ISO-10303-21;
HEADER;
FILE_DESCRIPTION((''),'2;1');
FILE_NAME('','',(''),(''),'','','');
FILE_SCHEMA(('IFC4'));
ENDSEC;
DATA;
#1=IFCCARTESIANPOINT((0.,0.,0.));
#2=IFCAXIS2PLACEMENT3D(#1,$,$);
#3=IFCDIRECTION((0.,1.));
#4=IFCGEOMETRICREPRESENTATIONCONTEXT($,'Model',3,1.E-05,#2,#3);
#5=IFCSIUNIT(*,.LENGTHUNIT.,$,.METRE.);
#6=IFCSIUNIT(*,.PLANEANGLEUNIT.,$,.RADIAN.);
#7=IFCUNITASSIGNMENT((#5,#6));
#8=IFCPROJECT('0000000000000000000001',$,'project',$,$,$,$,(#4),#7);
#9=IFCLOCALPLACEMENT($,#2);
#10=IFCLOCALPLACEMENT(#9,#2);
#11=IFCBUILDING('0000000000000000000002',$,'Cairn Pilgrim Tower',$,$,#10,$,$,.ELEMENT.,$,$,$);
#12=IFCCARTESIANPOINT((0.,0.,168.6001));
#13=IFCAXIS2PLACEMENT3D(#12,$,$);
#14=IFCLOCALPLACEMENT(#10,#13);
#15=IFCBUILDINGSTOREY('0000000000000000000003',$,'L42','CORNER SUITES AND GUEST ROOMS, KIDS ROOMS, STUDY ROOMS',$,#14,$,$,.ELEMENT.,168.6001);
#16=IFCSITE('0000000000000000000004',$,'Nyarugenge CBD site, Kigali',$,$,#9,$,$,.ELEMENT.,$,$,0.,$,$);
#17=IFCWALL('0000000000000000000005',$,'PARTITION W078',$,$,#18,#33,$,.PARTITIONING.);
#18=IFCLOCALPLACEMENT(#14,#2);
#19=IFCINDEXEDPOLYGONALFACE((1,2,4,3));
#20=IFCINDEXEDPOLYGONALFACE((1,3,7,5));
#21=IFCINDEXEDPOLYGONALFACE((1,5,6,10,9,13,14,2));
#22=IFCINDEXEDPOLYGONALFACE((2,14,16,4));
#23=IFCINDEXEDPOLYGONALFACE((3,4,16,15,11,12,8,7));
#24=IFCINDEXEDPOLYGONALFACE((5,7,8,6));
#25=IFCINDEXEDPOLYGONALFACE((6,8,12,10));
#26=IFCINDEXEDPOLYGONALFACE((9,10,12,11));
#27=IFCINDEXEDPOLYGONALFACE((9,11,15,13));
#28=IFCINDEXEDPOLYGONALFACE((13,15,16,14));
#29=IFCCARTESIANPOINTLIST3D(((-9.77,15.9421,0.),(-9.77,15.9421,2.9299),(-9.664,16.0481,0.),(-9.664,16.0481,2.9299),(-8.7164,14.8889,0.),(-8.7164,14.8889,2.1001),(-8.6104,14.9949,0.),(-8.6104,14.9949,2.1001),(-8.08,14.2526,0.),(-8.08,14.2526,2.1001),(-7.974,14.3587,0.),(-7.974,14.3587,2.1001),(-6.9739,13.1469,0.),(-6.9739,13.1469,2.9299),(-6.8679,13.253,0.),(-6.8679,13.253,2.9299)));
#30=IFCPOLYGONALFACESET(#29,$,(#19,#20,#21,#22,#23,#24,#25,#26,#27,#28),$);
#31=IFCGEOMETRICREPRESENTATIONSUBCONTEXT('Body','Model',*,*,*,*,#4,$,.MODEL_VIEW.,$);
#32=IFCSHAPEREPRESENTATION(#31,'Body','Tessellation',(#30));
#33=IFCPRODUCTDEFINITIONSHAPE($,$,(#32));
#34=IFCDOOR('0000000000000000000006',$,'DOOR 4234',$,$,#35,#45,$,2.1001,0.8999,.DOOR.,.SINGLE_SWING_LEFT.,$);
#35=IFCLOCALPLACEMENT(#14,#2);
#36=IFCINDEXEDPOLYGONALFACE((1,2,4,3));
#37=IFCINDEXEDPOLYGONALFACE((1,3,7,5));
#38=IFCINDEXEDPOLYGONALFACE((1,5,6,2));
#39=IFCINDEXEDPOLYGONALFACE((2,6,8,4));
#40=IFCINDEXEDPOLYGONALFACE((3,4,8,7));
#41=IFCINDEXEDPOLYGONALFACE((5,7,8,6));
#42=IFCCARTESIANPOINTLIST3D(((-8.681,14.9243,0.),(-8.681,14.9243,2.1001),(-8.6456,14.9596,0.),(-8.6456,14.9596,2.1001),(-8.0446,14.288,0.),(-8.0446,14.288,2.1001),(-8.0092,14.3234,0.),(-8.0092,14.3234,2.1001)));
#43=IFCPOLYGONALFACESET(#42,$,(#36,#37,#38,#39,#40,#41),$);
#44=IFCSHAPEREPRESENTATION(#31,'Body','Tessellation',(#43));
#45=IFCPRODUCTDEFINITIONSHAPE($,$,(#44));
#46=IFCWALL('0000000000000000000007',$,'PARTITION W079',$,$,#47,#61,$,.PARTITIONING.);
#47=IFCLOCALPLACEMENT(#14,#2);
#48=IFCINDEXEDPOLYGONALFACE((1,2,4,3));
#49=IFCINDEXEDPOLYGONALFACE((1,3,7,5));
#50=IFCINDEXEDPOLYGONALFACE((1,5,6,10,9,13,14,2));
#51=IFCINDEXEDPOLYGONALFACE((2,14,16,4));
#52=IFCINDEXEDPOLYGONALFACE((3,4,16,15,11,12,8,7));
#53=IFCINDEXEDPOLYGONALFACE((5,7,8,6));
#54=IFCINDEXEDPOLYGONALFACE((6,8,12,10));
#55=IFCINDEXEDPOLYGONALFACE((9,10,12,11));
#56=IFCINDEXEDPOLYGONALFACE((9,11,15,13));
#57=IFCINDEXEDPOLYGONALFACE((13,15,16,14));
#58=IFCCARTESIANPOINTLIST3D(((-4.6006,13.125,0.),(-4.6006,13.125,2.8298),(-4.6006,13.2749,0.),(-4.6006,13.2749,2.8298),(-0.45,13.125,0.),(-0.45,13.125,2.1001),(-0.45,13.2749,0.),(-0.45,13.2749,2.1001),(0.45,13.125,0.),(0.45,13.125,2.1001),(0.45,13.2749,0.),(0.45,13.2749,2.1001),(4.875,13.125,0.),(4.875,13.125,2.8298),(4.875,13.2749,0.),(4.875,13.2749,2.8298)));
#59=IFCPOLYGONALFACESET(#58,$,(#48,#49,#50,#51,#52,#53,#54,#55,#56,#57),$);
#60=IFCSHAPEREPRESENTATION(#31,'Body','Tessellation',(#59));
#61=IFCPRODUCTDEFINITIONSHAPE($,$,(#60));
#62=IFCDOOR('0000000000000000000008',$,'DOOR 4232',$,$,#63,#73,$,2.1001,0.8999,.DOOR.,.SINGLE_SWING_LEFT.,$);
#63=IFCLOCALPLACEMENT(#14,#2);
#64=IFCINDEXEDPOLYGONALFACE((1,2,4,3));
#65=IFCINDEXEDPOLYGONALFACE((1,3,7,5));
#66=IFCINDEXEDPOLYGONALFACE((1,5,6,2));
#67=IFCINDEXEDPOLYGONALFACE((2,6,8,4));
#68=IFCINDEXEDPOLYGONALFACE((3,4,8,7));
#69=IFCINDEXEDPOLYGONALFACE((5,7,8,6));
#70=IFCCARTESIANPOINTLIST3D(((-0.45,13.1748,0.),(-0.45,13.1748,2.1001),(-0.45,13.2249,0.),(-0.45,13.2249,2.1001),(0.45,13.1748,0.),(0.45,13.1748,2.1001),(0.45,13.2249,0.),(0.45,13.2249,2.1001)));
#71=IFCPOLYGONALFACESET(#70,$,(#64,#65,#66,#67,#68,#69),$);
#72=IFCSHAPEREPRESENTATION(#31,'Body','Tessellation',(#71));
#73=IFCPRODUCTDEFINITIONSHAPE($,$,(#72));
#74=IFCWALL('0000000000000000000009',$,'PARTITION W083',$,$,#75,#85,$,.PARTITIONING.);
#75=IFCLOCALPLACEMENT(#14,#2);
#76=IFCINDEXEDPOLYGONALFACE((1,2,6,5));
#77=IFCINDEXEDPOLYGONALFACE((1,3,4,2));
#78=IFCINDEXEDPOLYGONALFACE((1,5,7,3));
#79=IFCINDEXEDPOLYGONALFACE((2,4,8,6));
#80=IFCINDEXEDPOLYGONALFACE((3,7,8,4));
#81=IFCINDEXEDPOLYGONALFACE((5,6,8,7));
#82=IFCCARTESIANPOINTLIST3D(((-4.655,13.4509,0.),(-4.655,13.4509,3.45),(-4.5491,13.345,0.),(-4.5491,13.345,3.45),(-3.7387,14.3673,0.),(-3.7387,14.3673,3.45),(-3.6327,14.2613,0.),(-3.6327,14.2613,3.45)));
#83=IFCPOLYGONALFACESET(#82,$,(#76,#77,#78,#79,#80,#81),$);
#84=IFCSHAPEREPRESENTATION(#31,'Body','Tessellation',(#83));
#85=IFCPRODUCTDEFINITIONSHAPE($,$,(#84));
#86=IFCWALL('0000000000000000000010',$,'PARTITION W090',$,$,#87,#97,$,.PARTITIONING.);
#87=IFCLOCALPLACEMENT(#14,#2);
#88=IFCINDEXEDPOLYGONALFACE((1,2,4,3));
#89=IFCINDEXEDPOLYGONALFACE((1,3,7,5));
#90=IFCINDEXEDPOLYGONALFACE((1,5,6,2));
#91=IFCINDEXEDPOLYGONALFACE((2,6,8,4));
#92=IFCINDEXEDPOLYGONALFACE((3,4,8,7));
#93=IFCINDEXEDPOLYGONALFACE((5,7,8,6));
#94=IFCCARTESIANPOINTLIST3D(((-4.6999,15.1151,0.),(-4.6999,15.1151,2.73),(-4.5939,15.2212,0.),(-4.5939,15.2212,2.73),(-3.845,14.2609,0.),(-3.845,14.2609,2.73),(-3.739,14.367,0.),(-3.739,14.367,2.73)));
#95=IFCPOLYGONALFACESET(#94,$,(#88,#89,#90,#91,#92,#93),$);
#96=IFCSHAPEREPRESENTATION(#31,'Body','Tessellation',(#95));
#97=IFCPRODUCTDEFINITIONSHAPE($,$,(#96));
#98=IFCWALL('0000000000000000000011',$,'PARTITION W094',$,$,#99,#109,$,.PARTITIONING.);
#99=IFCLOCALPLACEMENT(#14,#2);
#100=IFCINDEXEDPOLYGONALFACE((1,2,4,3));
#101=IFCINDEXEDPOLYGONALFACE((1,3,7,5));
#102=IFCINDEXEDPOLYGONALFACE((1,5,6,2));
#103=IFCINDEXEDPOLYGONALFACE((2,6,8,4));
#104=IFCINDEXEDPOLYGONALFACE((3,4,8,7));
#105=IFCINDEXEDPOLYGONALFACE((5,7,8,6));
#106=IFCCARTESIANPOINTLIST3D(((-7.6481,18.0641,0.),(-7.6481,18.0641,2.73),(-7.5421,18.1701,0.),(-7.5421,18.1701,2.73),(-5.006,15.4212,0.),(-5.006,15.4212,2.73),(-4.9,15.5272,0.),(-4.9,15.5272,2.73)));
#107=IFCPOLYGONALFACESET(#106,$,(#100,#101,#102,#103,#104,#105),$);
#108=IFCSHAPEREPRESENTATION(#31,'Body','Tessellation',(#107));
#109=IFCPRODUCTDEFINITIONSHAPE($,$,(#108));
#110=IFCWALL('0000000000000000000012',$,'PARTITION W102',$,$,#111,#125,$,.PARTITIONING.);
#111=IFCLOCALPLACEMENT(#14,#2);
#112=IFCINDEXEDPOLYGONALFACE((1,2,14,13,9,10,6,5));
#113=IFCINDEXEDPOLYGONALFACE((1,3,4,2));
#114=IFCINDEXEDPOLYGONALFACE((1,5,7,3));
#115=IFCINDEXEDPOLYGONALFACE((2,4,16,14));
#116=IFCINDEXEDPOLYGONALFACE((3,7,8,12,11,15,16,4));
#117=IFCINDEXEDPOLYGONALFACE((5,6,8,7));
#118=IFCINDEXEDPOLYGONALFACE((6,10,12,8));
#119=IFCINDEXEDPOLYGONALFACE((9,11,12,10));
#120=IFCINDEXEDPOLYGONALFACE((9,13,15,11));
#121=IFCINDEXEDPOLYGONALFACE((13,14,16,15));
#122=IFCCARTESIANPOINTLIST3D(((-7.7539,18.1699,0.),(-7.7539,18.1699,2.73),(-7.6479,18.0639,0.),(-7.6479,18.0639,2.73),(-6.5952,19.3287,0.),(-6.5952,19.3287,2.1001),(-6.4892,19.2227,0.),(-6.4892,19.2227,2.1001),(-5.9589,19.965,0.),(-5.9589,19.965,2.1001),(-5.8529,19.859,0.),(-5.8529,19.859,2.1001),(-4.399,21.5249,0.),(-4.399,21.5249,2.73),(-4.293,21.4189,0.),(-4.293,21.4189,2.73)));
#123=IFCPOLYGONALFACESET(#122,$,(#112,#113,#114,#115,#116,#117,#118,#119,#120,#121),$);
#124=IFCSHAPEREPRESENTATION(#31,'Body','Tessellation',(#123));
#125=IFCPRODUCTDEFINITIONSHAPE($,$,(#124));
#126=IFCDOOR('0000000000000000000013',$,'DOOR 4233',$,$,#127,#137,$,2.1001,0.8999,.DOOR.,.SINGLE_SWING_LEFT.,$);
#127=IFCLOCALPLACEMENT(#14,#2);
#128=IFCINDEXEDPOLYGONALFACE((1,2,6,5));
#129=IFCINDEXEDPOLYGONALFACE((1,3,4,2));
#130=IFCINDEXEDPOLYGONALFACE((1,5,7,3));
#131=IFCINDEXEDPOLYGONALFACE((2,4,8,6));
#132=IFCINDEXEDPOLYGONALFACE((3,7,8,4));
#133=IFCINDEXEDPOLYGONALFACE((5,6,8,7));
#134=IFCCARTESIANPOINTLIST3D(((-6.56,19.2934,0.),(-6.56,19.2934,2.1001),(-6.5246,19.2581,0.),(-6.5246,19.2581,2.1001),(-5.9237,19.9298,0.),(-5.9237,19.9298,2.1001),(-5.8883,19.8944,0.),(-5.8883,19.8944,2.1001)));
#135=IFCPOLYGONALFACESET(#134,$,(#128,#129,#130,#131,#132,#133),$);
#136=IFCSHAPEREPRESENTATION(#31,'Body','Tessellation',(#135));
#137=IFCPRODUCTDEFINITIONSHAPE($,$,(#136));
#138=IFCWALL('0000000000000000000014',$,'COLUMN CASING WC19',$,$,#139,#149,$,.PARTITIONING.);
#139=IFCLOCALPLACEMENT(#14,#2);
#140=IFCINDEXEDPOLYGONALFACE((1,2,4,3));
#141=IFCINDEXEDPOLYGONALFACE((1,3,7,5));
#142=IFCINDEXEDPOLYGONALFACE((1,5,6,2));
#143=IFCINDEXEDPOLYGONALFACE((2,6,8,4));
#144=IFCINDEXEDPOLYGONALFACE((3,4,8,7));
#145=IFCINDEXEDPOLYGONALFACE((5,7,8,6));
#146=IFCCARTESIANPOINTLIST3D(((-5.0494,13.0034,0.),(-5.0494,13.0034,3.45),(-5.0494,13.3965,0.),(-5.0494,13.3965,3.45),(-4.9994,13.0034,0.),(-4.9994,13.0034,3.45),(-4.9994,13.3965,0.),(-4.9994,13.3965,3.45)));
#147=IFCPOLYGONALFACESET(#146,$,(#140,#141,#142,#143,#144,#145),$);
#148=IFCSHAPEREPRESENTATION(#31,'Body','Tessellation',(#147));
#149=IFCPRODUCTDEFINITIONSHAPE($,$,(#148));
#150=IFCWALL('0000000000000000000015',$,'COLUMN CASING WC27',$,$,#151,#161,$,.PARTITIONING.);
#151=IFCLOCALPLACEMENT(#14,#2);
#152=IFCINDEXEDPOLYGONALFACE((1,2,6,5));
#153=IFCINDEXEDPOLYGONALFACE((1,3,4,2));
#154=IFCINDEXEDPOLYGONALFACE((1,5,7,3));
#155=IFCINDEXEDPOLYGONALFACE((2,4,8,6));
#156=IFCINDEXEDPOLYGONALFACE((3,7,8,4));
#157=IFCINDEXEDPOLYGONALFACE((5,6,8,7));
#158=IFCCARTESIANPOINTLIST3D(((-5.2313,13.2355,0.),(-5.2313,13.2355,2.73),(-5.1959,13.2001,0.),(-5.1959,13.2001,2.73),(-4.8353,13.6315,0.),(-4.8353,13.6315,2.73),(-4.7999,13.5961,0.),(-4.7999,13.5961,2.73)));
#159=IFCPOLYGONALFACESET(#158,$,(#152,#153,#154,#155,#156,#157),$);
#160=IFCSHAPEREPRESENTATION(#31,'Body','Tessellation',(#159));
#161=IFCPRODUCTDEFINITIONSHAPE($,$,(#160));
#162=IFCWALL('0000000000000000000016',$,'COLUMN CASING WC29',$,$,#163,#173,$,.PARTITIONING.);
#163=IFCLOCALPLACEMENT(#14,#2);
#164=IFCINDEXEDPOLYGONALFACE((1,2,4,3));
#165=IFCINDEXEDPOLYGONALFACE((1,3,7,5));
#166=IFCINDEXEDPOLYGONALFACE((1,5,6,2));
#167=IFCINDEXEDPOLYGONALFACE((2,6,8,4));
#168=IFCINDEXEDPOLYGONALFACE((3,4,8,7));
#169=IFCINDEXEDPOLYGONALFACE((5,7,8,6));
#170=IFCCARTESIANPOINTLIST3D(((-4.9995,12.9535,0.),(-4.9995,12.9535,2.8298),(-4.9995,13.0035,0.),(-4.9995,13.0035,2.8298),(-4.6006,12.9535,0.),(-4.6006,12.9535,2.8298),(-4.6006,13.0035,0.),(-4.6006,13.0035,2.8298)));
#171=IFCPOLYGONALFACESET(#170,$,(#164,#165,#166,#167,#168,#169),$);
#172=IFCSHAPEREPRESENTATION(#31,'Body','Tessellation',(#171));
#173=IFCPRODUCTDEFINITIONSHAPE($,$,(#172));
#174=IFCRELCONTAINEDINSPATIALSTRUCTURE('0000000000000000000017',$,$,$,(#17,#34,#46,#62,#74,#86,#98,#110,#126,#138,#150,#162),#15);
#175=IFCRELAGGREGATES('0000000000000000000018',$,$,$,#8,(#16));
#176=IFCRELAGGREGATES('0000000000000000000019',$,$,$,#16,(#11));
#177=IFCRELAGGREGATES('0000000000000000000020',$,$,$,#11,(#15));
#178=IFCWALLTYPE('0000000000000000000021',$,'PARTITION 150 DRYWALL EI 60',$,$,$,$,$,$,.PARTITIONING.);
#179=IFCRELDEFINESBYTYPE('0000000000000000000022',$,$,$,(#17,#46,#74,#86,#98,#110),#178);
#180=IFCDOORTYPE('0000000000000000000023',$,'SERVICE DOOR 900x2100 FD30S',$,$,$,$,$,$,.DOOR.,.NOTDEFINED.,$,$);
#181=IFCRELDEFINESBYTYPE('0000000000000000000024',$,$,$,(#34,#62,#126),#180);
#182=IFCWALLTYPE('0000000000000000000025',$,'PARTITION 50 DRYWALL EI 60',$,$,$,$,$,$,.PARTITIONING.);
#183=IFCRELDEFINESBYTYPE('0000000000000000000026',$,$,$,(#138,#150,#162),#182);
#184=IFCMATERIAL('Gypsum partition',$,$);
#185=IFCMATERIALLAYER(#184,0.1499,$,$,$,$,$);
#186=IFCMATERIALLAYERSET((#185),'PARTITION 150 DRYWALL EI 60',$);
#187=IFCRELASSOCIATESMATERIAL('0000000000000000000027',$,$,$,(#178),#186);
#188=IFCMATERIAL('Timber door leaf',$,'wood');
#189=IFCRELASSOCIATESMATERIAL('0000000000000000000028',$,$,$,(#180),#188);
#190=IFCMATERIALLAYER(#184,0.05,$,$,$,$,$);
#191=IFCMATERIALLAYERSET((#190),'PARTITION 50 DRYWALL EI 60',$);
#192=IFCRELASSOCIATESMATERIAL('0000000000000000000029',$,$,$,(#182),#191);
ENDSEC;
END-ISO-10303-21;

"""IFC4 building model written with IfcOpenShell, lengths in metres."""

from ifc_helpers import new_model, si_unit, direction, frame, frame_2d, origin, place, context, subcontext, project, spatial, rectangle, extrude, material, layer, layer_set, type_object, element, fill, save


model = new_model("IFC4")

# Units and contexts
model_context = context("Model", 3, precision=1e-05, world=origin(), true_north=direction((0.0, 1.0)))
body_context = subcontext(model_context, "Body", "Model", "MODEL_VIEW")
ifc_project = project(units=[si_unit("LENGTHUNIT", "METRE"), si_unit("PLANEANGLEUNIT", "RADIAN")], contexts=[model_context])

# Site, building, storey
site_placement = place(None, origin())
site = spatial("IfcSite", under=ifc_project, at=site_placement, Name="Nyarugenge CBD site, Kigali", CompositionType="ELEMENT", RefElevation=0.0)
building_placement = place(site_placement, origin())
building = spatial("IfcBuilding", under=site, at=building_placement, Name="Cairn Pilgrim Tower", CompositionType="ELEMENT")
storey_placement = place(building_placement, frame((0.0, 0.0, 168.6001)))
storey = spatial("IfcBuildingStorey", under=building, at=storey_placement, Name="L42", Description="CORNER SUITES AND GUEST ROOMS, KIDS ROOMS, STUDY ROOMS", CompositionType="ELEMENT", Elevation=168.6001)

# Shared definitions
ifc_material_1 = material(Name="Gypsum partition")
ifc_layer_1 = layer(ifc_material_1, 0.1499)
ifc_layer_set_1 = layer_set([ifc_layer_1], Name="PARTITION 150 DRYWALL EI 60")
wall_type_1 = type_object("IfcWallType", Name="PARTITION 150 DRYWALL EI 60", PredefinedType="PARTITIONING", material=ifc_layer_set_1)

# Walls, openings, doors
wall_1_placement = place(storey_placement, frame((-6.9209, 13.2, 0.0), z_axis=(0.0, 0.0, 1.0), x_axis=(-0.70723, 0.706983, 0.0)))
wall_1 = element("IfcWall", 1, at=wall_1_placement, inside=storey, type_object=wall_type_1, Name="PARTITION W078", PredefinedType="PARTITIONING", context=body_context, shape_type="SweptSolid", body=[
    extrude(rectangle(XDim=3.9536, YDim=0.1499, at=frame_2d((1.9768, 0.0))), origin(), (0.0, 0.0, 1.0), 2.9299),
])
opening_1_placement = place(wall_1_placement, frame((1.564, 0.0, 0.0)))
opening_1 = element("IfcOpeningElement", 2, at=opening_1_placement, cuts=wall_1, PredefinedType="OPENING", context=body_context, shape_type="SweptSolid", body=[
    extrude(rectangle(XDim=0.8999, YDim=2.1001, at=frame_2d((0.45, 1.05))), frame((0.0, 0.085, 0.0), z_axis=(0.0, -1.0, 0.0), x_axis=(1.0, 0.0, 0.0)), (0.0, 0.0, 1.0), 0.1699),
])
ifc_material_2 = material(Name="Timber door leaf", Category="wood")
door_type = type_object("IfcDoorType", Name="SERVICE DOOR 900x2100 FD30S", OperationType="NOTDEFINED", PredefinedType="DOOR", material=ifc_material_2)
door_1_placement = place(opening_1_placement, origin())
door_1 = element("IfcDoor", 3, at=door_1_placement, inside=storey, type_object=door_type, Name="DOOR 4234", OperationType="SINGLE_SWING_LEFT", OverallHeight=2.1001, OverallWidth=0.8999, PredefinedType="DOOR", context=body_context, shape_type="SweptSolid", body=[
    extrude(rectangle(XDim=0.8999, YDim=2.1001, at=frame_2d((0.45, 1.05))), frame((0.0, 0.0249, 0.0), z_axis=(0.0, -1.0, 0.0), x_axis=(1.0, 0.0, 0.0)), (0.0, 0.0, 1.0), 0.05),
])
fill(opening_1, door_1)
wall_2_placement = place(storey_placement, frame((-4.6006, 13.2, 0.0), z_axis=(0.0, 0.0, 1.0), x_axis=(1.0, 0.0, 0.0)))
wall_2 = element("IfcWall", 4, at=wall_2_placement, inside=storey, type_object=wall_type_1, Name="PARTITION W079", PredefinedType="PARTITIONING", context=body_context, shape_type="SweptSolid", body=[
    extrude(rectangle(XDim=9.4756, YDim=0.1499, at=frame_2d((4.7378, 0.0))), origin(), (0.0, 0.0, 1.0), 2.8298),
])
opening_2_placement = place(wall_2_placement, frame((4.1506, 0.0, 0.0)))
opening_2 = element("IfcOpeningElement", 5, at=opening_2_placement, cuts=wall_2, PredefinedType="OPENING", context=body_context, shape_type="SweptSolid", body=[
    extrude(rectangle(XDim=0.8999, YDim=2.1001, at=frame_2d((0.45, 1.05))), frame((0.0, 0.085, 0.0), z_axis=(0.0, -1.0, 0.0), x_axis=(1.0, 0.0, 0.0)), (0.0, 0.0, 1.0), 0.1699),
])
door_2_placement = place(opening_2_placement, origin())
door_2 = element("IfcDoor", 6, at=door_2_placement, inside=storey, type_object=door_type, Name="DOOR 4232", OperationType="SINGLE_SWING_LEFT", OverallHeight=2.1001, OverallWidth=0.8999, PredefinedType="DOOR", context=body_context, shape_type="SweptSolid", body=[
    extrude(rectangle(XDim=0.8999, YDim=2.1001, at=frame_2d((0.45, 1.05))), frame((0.0, 0.0249, 0.0), z_axis=(0.0, -1.0, 0.0), x_axis=(1.0, 0.0, 0.0)), (0.0, 0.0, 1.0), 0.05),
])
fill(opening_2, door_2)

# Walls
wall_3_placement = place(storey_placement, frame((-4.6021, 13.3979, 0.0), z_axis=(0.0, 0.0, 1.0), x_axis=(0.707107, 0.707107, 0.0)))
element("IfcWall", 7, at=wall_3_placement, inside=storey, type_object=wall_type_1, Name="PARTITION W083", PredefinedType="PARTITIONING", context=body_context, shape_type="SweptSolid", body=[
    extrude(rectangle(XDim=1.2959, YDim=0.1499, at=frame_2d((0.6479, 0.0))), origin(), (0.0, 0.0, 1.0), 3.45),
])
wall_4_placement = place(storey_placement, frame((-3.792, 14.314, 0.0), z_axis=(0.0, 0.0, 1.0), x_axis=(-0.70741, 0.706804, 0.0)))
element("IfcWall", 8, at=wall_4_placement, inside=storey, type_object=wall_type_1, Name="PARTITION W090", PredefinedType="PARTITIONING", context=body_context, shape_type="SweptSolid", body=[
    extrude(rectangle(XDim=1.2085, YDim=0.1499, at=frame_2d((0.6042, 0.0))), origin(), (0.0, 0.0, 1.0), 2.73),
])
wall_5_placement = place(storey_placement, frame((-4.9529, 15.4741, 0.0), z_axis=(0.0, 0.0, 1.0), x_axis=(-0.707009, 0.707205, 0.0)))
element("IfcWall", 9, at=wall_5_placement, inside=storey, type_object=wall_type_1, Name="PARTITION W094", PredefinedType="PARTITIONING", context=body_context, shape_type="SweptSolid", body=[
    extrude(rectangle(XDim=3.7371, YDim=0.1499, at=frame_2d((1.8687, 0.0))), origin(), (0.0, 0.0, 1.0), 2.73),
])

# Wall, opening, door
wall_6_placement = place(storey_placement, frame((-7.7009, 18.1169, 0.0), z_axis=(0.0, 0.0, 1.0), x_axis=(0.707107, 0.707107, 0.0)))
wall_6 = element("IfcWall", 10, at=wall_6_placement, inside=storey, type_object=wall_type_1, Name="PARTITION W102", PredefinedType="PARTITIONING", context=body_context, shape_type="SweptSolid", body=[
    extrude(rectangle(XDim=4.7446, YDim=0.1499, at=frame_2d((2.3723, 0.0))), origin(), (0.0, 0.0, 1.0), 2.73),
])
opening_3_placement = place(wall_6_placement, frame((1.6387, 0.0, 0.0)))
opening_3 = element("IfcOpeningElement", 11, at=opening_3_placement, cuts=wall_6, PredefinedType="OPENING", context=body_context, shape_type="SweptSolid", body=[
    extrude(rectangle(XDim=0.8999, YDim=2.1001, at=frame_2d((0.45, 1.05))), frame((0.0, 0.085, 0.0), z_axis=(0.0, -1.0, 0.0), x_axis=(1.0, 0.0, 0.0)), (0.0, 0.0, 1.0), 0.1699),
])
door_3_placement = place(opening_3_placement, frame((0.8999, 0.0, 0.0), z_axis=(0.0, 0.0, 1.0), x_axis=(-1.0, 0.0, 0.0)))
door_3 = element("IfcDoor", 12, at=door_3_placement, inside=storey, type_object=door_type, Name="DOOR 4233", OperationType="SINGLE_SWING_LEFT", OverallHeight=2.1001, OverallWidth=0.8999, PredefinedType="DOOR", context=body_context, shape_type="SweptSolid", body=[
    extrude(rectangle(XDim=0.8999, YDim=2.1001, at=frame_2d((0.45, 1.05))), frame((0.0, 0.0249, 0.0), z_axis=(0.0, -1.0, 0.0), x_axis=(1.0, 0.0, 0.0)), (0.0, 0.0, 1.0), 0.05),
])
fill(opening_3, door_3)

# Walls
ifc_layer_2 = layer(ifc_material_1, 0.05)
ifc_layer_set_2 = layer_set([ifc_layer_2], Name="PARTITION 50 DRYWALL EI 60")
wall_type_2 = type_object("IfcWallType", Name="PARTITION 50 DRYWALL EI 60", PredefinedType="PARTITIONING", material=ifc_layer_set_2)
wall_7_placement = place(storey_placement, frame((-5.0244, 13.0034, 0.0), z_axis=(0.0, 0.0, 1.0), x_axis=(0.0, 1.0, 0.0)))
element("IfcWall", 13, at=wall_7_placement, inside=storey, type_object=wall_type_2, Name="COLUMN CASING WC19", PredefinedType="PARTITIONING", context=body_context, shape_type="SweptSolid", body=[
    extrude(rectangle(XDim=0.3931, YDim=0.05, at=frame_2d((0.1965, 0.0))), origin(), (0.0, 0.0, 1.0), 3.45),
])
wall_8_placement = place(storey_placement, frame((-5.2136, 13.2178, 0.0), z_axis=(0.0, 0.0, 1.0), x_axis=(0.707107, 0.707107, 0.0)))
element("IfcWall", 14, at=wall_8_placement, inside=storey, type_object=wall_type_2, Name="COLUMN CASING WC27", PredefinedType="PARTITIONING", context=body_context, shape_type="SweptSolid", body=[
    extrude(rectangle(XDim=0.5601, YDim=0.05, at=frame_2d((0.28, 0.0))), origin(), (0.0, 0.0, 1.0), 2.73),
])
wall_9_placement = place(storey_placement, frame((-4.9995, 12.9785, 0.0), z_axis=(0.0, 0.0, 1.0), x_axis=(1.0, 0.0, 0.0)))
element("IfcWall", 15, at=wall_9_placement, inside=storey, type_object=wall_type_2, Name="COLUMN CASING WC29", PredefinedType="PARTITIONING", context=body_context, shape_type="SweptSolid", body=[
    extrude(rectangle(XDim=0.3989, YDim=0.05, at=frame_2d((0.1995, 0.0))), origin(), (0.0, 0.0, 1.0), 2.8298),
])

save(model, "model.ifc")
